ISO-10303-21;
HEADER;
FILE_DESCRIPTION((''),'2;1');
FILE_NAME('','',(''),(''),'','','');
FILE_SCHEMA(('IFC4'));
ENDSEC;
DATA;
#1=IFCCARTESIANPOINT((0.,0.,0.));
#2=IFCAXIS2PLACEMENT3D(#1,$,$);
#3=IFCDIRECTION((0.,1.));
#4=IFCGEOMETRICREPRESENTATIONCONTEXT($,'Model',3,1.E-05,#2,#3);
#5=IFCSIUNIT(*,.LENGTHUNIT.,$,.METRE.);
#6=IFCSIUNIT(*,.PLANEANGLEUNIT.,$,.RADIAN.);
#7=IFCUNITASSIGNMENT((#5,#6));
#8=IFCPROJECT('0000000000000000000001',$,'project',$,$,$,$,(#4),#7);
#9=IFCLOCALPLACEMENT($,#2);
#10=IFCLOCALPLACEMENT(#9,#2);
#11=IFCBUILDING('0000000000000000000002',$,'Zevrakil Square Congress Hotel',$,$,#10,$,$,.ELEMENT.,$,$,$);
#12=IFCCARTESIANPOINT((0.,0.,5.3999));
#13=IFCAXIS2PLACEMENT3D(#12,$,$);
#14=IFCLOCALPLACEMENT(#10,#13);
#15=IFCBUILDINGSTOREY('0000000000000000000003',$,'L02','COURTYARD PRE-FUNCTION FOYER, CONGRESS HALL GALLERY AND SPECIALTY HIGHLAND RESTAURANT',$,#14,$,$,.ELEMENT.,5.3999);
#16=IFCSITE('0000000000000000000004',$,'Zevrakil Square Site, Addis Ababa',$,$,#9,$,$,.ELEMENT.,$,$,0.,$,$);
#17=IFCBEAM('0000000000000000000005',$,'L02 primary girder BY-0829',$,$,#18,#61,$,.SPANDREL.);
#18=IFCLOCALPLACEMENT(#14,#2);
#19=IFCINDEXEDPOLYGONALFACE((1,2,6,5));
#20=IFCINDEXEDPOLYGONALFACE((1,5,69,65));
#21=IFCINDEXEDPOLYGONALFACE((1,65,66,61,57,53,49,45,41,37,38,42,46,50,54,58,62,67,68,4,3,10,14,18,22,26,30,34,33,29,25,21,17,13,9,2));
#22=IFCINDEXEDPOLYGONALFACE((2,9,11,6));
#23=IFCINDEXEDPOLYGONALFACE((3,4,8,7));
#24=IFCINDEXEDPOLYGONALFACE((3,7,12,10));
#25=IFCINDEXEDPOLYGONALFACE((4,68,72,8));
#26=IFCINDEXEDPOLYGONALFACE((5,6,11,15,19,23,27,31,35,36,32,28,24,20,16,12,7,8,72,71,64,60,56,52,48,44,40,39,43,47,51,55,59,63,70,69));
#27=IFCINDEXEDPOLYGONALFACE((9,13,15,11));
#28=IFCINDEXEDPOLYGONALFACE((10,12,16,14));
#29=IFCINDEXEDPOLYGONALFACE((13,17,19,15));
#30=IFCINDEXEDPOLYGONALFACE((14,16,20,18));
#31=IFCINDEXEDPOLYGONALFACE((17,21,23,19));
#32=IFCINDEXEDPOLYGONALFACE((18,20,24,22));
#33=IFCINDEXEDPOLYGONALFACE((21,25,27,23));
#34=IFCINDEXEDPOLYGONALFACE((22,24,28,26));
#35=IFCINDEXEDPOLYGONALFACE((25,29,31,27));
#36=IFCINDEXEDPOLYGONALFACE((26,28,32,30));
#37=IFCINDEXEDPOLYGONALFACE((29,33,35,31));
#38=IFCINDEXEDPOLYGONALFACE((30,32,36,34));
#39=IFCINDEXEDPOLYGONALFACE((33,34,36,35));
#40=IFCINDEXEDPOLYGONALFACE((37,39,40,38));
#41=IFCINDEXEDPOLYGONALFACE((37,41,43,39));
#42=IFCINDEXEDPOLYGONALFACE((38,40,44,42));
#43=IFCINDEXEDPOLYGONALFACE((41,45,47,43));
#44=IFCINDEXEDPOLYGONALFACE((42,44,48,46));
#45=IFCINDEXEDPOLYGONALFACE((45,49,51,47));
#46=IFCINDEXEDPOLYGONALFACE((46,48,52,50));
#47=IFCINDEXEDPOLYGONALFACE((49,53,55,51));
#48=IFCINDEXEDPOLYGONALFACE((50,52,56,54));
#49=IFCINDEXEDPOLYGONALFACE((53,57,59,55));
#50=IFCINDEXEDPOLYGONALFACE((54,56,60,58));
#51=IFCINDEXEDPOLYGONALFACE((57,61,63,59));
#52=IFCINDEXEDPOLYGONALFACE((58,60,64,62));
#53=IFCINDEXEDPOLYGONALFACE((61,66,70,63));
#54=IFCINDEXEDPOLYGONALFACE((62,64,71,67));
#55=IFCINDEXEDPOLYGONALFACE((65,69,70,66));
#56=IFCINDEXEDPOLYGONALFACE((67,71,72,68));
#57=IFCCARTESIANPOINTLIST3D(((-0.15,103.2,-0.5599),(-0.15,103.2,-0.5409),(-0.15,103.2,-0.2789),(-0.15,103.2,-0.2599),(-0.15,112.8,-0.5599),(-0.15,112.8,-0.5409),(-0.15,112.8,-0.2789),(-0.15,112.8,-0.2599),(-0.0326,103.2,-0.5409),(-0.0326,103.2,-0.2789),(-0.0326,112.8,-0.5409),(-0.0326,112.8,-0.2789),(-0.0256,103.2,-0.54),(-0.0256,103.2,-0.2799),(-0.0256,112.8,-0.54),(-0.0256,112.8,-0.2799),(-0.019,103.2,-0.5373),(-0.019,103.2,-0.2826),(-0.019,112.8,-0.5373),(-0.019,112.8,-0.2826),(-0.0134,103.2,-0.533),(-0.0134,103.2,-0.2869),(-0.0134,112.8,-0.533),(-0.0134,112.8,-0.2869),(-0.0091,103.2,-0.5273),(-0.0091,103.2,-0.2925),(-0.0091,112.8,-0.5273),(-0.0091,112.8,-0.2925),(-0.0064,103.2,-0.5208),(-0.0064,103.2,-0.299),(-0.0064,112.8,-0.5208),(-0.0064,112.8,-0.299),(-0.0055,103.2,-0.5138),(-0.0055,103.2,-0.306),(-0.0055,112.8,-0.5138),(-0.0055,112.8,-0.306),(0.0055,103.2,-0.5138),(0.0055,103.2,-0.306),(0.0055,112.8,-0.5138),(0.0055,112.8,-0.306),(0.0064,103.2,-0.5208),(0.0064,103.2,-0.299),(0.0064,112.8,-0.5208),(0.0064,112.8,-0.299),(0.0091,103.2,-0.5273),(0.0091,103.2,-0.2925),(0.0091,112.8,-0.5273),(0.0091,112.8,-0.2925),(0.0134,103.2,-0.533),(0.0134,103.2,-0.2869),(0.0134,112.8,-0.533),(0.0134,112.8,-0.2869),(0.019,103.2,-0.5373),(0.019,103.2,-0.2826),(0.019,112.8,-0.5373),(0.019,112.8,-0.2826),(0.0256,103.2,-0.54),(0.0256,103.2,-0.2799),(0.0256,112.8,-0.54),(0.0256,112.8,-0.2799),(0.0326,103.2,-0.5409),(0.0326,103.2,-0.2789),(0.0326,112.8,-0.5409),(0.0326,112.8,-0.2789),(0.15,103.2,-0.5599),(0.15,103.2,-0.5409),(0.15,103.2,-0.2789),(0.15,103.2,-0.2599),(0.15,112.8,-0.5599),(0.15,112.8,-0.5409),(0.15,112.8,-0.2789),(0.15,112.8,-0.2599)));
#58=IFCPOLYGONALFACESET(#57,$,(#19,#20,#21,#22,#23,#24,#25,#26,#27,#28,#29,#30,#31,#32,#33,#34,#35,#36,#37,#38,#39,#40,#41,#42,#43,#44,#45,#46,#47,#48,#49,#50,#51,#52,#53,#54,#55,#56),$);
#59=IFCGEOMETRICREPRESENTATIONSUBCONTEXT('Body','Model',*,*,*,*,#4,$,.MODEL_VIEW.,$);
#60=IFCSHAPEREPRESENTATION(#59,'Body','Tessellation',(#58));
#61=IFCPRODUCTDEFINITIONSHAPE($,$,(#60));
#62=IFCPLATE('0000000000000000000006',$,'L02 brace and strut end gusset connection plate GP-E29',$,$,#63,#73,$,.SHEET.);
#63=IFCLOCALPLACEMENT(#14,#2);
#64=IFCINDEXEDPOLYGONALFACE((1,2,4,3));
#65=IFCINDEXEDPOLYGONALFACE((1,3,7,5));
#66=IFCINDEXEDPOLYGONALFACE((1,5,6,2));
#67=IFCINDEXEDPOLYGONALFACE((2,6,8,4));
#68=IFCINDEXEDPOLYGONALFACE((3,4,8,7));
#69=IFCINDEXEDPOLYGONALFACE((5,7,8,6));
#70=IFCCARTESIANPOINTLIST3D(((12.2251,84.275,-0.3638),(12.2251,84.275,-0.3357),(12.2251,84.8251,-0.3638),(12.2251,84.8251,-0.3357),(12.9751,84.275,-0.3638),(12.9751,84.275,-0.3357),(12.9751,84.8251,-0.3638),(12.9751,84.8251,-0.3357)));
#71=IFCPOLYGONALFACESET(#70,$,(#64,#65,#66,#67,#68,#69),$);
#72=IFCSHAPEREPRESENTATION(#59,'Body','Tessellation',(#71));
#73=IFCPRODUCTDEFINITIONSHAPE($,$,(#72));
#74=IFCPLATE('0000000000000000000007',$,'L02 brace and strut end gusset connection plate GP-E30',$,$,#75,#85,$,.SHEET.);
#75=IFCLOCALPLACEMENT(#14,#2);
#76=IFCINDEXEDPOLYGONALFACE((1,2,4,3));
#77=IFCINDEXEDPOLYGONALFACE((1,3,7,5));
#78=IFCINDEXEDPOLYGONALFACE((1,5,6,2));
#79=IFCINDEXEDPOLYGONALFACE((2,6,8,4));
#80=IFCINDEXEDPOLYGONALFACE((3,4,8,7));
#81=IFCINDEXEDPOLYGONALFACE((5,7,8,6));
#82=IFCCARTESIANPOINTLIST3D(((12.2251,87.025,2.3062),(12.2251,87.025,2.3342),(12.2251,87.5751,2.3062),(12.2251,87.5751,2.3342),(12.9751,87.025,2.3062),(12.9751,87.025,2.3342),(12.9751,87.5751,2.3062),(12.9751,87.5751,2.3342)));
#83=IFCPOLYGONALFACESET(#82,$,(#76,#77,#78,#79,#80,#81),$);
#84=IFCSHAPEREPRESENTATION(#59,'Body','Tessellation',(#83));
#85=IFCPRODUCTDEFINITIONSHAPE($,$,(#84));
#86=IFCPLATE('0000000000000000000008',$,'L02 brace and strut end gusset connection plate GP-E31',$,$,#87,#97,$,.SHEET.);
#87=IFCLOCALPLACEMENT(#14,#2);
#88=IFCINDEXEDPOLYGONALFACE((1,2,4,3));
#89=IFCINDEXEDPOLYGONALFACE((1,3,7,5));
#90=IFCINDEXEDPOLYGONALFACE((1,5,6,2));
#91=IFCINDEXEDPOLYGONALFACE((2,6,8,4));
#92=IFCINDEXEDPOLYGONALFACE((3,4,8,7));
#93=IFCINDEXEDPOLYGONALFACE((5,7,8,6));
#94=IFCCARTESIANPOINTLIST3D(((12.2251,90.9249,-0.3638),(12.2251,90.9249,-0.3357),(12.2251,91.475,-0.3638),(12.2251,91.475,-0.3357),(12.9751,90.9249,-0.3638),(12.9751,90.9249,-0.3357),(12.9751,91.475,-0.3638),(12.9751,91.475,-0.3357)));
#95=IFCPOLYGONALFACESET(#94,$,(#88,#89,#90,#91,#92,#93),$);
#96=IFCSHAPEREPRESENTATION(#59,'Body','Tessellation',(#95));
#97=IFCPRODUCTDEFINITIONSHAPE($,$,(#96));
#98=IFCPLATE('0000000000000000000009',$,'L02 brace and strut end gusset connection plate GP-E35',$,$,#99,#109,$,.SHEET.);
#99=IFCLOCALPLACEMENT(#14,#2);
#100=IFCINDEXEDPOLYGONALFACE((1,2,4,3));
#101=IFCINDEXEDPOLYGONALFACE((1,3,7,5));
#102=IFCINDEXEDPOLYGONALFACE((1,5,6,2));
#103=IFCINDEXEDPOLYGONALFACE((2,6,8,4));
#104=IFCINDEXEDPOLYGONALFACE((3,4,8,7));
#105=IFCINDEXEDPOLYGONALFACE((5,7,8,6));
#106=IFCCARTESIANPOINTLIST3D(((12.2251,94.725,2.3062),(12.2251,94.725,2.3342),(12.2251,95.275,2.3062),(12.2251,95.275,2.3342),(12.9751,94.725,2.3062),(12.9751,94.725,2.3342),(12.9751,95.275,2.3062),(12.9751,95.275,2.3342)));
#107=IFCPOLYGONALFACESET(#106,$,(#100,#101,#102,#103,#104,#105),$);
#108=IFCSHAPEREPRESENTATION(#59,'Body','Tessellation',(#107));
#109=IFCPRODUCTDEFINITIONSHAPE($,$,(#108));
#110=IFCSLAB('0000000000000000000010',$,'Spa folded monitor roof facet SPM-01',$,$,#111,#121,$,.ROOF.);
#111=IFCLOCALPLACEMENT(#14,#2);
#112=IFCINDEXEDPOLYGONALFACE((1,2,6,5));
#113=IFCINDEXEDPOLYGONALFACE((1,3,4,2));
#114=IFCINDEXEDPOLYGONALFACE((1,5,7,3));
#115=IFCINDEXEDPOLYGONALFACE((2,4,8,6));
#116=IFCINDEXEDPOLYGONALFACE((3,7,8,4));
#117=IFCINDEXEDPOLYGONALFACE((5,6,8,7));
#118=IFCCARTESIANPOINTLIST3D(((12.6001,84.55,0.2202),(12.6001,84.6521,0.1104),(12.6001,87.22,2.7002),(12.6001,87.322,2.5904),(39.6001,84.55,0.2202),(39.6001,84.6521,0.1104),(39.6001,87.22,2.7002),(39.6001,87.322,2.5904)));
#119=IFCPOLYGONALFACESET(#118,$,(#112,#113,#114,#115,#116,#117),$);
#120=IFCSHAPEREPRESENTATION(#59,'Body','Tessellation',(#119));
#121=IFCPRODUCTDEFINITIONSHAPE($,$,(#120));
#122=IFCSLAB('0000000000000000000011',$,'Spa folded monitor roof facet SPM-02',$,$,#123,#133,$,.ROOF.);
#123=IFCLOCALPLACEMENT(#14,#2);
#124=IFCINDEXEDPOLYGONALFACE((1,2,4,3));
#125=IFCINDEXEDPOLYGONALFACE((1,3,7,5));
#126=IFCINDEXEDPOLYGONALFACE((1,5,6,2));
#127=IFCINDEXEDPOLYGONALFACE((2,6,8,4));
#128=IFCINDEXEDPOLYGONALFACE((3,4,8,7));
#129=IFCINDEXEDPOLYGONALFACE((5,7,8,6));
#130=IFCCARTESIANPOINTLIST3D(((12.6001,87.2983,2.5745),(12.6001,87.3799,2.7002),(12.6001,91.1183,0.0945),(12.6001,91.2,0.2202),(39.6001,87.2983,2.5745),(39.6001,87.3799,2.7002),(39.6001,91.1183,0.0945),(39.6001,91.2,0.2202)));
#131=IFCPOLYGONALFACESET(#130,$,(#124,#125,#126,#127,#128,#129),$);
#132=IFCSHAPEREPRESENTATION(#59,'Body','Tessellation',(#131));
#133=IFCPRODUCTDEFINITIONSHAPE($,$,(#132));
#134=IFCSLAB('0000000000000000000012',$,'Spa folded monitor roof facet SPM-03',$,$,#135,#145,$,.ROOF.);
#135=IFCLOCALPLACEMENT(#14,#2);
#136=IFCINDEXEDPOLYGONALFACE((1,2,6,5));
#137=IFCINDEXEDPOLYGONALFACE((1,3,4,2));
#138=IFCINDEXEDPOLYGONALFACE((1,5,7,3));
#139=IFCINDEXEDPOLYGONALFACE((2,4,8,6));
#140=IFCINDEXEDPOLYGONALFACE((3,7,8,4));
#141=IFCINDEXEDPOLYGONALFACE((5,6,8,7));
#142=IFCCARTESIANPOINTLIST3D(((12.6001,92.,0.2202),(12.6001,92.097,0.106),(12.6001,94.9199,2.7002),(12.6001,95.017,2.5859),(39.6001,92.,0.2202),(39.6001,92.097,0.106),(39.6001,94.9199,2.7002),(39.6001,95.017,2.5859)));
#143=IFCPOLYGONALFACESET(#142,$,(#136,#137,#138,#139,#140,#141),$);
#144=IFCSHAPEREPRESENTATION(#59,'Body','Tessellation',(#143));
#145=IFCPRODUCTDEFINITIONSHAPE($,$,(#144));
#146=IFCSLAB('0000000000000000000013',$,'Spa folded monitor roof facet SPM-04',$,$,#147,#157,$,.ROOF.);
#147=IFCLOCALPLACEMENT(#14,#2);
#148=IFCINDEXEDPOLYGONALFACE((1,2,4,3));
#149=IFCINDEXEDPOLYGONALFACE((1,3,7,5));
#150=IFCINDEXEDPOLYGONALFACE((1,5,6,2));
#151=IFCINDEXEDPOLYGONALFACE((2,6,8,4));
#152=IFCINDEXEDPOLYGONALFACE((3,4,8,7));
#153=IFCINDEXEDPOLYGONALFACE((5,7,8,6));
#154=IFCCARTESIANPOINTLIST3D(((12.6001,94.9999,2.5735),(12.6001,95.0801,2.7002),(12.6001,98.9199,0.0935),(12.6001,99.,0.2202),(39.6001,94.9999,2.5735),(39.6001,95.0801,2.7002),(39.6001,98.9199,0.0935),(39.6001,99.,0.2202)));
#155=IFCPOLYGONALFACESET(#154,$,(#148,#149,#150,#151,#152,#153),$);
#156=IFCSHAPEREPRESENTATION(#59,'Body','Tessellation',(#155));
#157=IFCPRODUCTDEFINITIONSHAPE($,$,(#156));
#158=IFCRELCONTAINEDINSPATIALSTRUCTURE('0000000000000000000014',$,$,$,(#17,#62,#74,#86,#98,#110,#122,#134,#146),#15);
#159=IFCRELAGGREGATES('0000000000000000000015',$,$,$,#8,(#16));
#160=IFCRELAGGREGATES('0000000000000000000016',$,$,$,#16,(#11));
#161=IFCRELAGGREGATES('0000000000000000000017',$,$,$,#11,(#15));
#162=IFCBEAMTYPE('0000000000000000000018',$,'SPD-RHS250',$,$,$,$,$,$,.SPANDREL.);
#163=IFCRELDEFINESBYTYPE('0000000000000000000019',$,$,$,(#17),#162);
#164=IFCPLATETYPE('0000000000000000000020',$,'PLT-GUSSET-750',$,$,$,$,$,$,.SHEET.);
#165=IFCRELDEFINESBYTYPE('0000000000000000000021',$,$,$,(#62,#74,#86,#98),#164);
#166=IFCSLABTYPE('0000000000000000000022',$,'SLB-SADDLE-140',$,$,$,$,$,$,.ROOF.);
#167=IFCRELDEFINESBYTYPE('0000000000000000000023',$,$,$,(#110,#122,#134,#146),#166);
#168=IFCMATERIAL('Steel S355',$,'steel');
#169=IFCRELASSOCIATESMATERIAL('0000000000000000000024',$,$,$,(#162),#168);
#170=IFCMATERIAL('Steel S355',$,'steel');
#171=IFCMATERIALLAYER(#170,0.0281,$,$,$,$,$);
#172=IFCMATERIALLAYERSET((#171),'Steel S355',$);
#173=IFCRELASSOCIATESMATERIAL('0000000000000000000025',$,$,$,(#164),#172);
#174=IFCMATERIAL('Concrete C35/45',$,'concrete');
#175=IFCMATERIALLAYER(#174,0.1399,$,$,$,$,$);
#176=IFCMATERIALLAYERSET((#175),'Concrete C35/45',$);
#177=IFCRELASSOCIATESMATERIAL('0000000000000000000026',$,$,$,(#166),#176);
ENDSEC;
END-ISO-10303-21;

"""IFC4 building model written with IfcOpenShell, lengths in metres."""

from ifc_helpers import new_model, si_unit, direction, frame, origin, origin_2d, place, context, subcontext, project, spatial, polyline, rectangle, i_section, outline, extrude, material, layer, layer_set, material_profile, profile_set, type_object, element, save


model = new_model("IFC4")

# Units and contexts
model_context = context("Model", 3, precision=1e-05, world=origin(), true_north=direction((0.0, 1.0)))
body_context = subcontext(model_context, "Body", "Model", "MODEL_VIEW")
ifc_project = project(units=[si_unit("LENGTHUNIT", "METRE"), si_unit("PLANEANGLEUNIT", "RADIAN")], contexts=[model_context])

# Site, building, storey
site_placement = place(None, origin())
site = spatial("IfcSite", under=ifc_project, at=site_placement, Name="Zevrakil Square Site, Addis Ababa", CompositionType="ELEMENT", RefElevation=0.0)
building_placement = place(site_placement, origin())
building = spatial("IfcBuilding", under=site, at=building_placement, Name="Zevrakil Square Congress Hotel", CompositionType="ELEMENT")
storey_placement = place(building_placement, frame((0.0, 0.0, 5.3999)))
storey = spatial("IfcBuildingStorey", under=building, at=storey_placement, Name="L02", Description="COURTYARD PRE-FUNCTION FOYER, CONGRESS HALL GALLERY AND SPECIALTY HIGHLAND RESTAURANT", CompositionType="ELEMENT", Elevation=5.3999)

# Beam
ifc_material_1 = material(Name="Steel S355", Category="steel")
ifc_material_profile_1 = material_profile(ifc_material_1, i_section(OverallWidth=0.3, OverallDepth=0.3, WebThickness=0.011, FlangeThickness=0.019, FilletRadius=0.0271, at=origin_2d()), Name="HEB 300")
ifc_profile_set_1 = profile_set([ifc_material_profile_1], Name="Steel S355")
beam_type_1 = type_object("IfcBeamType", Name="SPD-RHS250", PredefinedType="SPANDREL", material=ifc_profile_set_1)
beam_1_placement = place(storey_placement, frame((0.0, 103.2, -0.4099), z_axis=(0.0, 1.0, 0.0), x_axis=(-1.0, 0.0, 0.0)))
element("IfcBeam", 1, at=beam_1_placement, inside=storey, type_object=beam_type_1, Name="L02 primary girder BY-0829", PredefinedType="SPANDREL", context=body_context, shape_type="SweptSolid", body=[
    extrude(i_section(OverallWidth=0.3, OverallDepth=0.3, WebThickness=0.011, FlangeThickness=0.019, FilletRadius=0.0271, at=origin_2d()), origin(), (0.0, 0.0, 1.0), 9.6001),
])

# Plates
ifc_material_2 = material(Name="Steel S355", Category="steel")
ifc_layer_1 = layer(ifc_material_2, 0.0281)
ifc_layer_set_1 = layer_set([ifc_layer_1], Name="Steel S355")
plate_type = type_object("IfcPlateType", Name="PLT-GUSSET-750", PredefinedType="SHEET", material=ifc_layer_set_1)
for number, where, z_axis, x_axis, name in (
    (2, (12.6001, 84.55, -0.3638), (0.0, 0.0, 1.0), (1.0, 0.0, 0.0), "L02 brace and strut end gusset connection plate GP-E29"),
    (3, (12.6001, 87.3, 2.3062), (0.0, 0.0, 1.0), (1.0, 0.0, 0.0), "L02 brace and strut end gusset connection plate GP-E30"),
    (4, (12.6001, 91.2, -0.3638), (0.0, 0.0, 1.0), (1.0, 0.0, 0.0), "L02 brace and strut end gusset connection plate GP-E31"),
    (5, (12.6001, 95.0, 2.3062), (0.0, 0.0, 1.0), (1.0, 0.0, 0.0), "L02 brace and strut end gusset connection plate GP-E35"),
):
    element("IfcPlate", number, at=place(storey_placement, frame(where, z_axis=z_axis, x_axis=x_axis)), inside=storey, type_object=plate_type, Name=name, PredefinedType="SHEET", context=body_context, shape_type="SweptSolid", body=[
        extrude(rectangle(XDim=0.75, YDim=0.55, at=origin_2d()), origin(), (0.0, 0.0, 1.0), 0.0281),
    ])

# Slabs
ifc_material_3 = material(Name="Concrete C35/45", Category="concrete")
ifc_layer_2 = layer(ifc_material_3, 0.1399)
ifc_layer_set_2 = layer_set([ifc_layer_2], Name="Concrete C35/45")
slab_type = type_object("IfcSlabType", Name="SLB-SADDLE-140", PredefinedType="ROOF", material=ifc_layer_set_2)
slab_1_placement = place(storey_placement, frame((12.6001, 84.55, 0.2202), z_axis=(0.0, -0.680564, 0.732688), x_axis=(1.0, 0.0, 0.0)))
element("IfcSlab", 6, at=slab_1_placement, inside=storey, type_object=slab_type, Name="Spa folded monitor roof facet SPM-01", PredefinedType="ROOF", context=body_context, shape_type="SweptSolid", body=[
    extrude(outline(polyline([(0.0, 0.0), (27.0, 0.0), (27.0, 3.644), (0.0, 3.644), (0.0, 0.0)])), origin(), (0.0, 0.0, -1.0), 0.1499),
])
slab_2_placement = place(storey_placement, frame((12.6001, 87.3799, 2.7002), z_axis=(0.0, 0.544515, 0.838751), x_axis=(1.0, 0.0, 0.0)))
element("IfcSlab", 7, at=slab_2_placement, inside=storey, type_object=slab_type, Name="Spa folded monitor roof facet SPM-02", PredefinedType="ROOF", context=body_context, shape_type="SweptSolid", body=[
    extrude(outline(polyline([(0.0, 0.0), (27.0, 0.0), (27.0, 4.5545), (0.0, 4.5545), (0.0, 0.0)])), origin(), (0.0, 0.0, -1.0), 0.1499),
])
slab_3_placement = place(storey_placement, frame((12.6001, 92.0, 0.2202), z_axis=(0.0, -0.647352, 0.762191), x_axis=(1.0, 0.0, 0.0)))
element("IfcSlab", 8, at=slab_3_placement, inside=storey, type_object=slab_type, Name="Spa folded monitor roof facet SPM-03", PredefinedType="ROOF", context=body_context, shape_type="SweptSolid", body=[
    extrude(outline(polyline([(0.0, 0.0), (27.0, 0.0), (27.0, 3.831), (0.0, 3.831), (0.0, 0.0)])), origin(), (0.0, 0.0, -1.0), 0.1499),
])
slab_4_placement = place(storey_placement, frame((12.6001, 95.0801, 2.7002), z_axis=(0.0, 0.534646, 0.845076), x_axis=(1.0, 0.0, 0.0)))
element("IfcSlab", 9, at=slab_4_placement, inside=storey, type_object=slab_type, Name="Spa folded monitor roof facet SPM-04", PredefinedType="ROOF", context=body_context, shape_type="SweptSolid", body=[
    extrude(outline(polyline([(0.0, 0.0), (27.0, 0.0), (27.0, 4.6385), (0.0, 4.6385), (0.0, 0.0)])), origin(), (0.0, 0.0, -1.0), 0.1499),
])

save(model, "model.ifc")
